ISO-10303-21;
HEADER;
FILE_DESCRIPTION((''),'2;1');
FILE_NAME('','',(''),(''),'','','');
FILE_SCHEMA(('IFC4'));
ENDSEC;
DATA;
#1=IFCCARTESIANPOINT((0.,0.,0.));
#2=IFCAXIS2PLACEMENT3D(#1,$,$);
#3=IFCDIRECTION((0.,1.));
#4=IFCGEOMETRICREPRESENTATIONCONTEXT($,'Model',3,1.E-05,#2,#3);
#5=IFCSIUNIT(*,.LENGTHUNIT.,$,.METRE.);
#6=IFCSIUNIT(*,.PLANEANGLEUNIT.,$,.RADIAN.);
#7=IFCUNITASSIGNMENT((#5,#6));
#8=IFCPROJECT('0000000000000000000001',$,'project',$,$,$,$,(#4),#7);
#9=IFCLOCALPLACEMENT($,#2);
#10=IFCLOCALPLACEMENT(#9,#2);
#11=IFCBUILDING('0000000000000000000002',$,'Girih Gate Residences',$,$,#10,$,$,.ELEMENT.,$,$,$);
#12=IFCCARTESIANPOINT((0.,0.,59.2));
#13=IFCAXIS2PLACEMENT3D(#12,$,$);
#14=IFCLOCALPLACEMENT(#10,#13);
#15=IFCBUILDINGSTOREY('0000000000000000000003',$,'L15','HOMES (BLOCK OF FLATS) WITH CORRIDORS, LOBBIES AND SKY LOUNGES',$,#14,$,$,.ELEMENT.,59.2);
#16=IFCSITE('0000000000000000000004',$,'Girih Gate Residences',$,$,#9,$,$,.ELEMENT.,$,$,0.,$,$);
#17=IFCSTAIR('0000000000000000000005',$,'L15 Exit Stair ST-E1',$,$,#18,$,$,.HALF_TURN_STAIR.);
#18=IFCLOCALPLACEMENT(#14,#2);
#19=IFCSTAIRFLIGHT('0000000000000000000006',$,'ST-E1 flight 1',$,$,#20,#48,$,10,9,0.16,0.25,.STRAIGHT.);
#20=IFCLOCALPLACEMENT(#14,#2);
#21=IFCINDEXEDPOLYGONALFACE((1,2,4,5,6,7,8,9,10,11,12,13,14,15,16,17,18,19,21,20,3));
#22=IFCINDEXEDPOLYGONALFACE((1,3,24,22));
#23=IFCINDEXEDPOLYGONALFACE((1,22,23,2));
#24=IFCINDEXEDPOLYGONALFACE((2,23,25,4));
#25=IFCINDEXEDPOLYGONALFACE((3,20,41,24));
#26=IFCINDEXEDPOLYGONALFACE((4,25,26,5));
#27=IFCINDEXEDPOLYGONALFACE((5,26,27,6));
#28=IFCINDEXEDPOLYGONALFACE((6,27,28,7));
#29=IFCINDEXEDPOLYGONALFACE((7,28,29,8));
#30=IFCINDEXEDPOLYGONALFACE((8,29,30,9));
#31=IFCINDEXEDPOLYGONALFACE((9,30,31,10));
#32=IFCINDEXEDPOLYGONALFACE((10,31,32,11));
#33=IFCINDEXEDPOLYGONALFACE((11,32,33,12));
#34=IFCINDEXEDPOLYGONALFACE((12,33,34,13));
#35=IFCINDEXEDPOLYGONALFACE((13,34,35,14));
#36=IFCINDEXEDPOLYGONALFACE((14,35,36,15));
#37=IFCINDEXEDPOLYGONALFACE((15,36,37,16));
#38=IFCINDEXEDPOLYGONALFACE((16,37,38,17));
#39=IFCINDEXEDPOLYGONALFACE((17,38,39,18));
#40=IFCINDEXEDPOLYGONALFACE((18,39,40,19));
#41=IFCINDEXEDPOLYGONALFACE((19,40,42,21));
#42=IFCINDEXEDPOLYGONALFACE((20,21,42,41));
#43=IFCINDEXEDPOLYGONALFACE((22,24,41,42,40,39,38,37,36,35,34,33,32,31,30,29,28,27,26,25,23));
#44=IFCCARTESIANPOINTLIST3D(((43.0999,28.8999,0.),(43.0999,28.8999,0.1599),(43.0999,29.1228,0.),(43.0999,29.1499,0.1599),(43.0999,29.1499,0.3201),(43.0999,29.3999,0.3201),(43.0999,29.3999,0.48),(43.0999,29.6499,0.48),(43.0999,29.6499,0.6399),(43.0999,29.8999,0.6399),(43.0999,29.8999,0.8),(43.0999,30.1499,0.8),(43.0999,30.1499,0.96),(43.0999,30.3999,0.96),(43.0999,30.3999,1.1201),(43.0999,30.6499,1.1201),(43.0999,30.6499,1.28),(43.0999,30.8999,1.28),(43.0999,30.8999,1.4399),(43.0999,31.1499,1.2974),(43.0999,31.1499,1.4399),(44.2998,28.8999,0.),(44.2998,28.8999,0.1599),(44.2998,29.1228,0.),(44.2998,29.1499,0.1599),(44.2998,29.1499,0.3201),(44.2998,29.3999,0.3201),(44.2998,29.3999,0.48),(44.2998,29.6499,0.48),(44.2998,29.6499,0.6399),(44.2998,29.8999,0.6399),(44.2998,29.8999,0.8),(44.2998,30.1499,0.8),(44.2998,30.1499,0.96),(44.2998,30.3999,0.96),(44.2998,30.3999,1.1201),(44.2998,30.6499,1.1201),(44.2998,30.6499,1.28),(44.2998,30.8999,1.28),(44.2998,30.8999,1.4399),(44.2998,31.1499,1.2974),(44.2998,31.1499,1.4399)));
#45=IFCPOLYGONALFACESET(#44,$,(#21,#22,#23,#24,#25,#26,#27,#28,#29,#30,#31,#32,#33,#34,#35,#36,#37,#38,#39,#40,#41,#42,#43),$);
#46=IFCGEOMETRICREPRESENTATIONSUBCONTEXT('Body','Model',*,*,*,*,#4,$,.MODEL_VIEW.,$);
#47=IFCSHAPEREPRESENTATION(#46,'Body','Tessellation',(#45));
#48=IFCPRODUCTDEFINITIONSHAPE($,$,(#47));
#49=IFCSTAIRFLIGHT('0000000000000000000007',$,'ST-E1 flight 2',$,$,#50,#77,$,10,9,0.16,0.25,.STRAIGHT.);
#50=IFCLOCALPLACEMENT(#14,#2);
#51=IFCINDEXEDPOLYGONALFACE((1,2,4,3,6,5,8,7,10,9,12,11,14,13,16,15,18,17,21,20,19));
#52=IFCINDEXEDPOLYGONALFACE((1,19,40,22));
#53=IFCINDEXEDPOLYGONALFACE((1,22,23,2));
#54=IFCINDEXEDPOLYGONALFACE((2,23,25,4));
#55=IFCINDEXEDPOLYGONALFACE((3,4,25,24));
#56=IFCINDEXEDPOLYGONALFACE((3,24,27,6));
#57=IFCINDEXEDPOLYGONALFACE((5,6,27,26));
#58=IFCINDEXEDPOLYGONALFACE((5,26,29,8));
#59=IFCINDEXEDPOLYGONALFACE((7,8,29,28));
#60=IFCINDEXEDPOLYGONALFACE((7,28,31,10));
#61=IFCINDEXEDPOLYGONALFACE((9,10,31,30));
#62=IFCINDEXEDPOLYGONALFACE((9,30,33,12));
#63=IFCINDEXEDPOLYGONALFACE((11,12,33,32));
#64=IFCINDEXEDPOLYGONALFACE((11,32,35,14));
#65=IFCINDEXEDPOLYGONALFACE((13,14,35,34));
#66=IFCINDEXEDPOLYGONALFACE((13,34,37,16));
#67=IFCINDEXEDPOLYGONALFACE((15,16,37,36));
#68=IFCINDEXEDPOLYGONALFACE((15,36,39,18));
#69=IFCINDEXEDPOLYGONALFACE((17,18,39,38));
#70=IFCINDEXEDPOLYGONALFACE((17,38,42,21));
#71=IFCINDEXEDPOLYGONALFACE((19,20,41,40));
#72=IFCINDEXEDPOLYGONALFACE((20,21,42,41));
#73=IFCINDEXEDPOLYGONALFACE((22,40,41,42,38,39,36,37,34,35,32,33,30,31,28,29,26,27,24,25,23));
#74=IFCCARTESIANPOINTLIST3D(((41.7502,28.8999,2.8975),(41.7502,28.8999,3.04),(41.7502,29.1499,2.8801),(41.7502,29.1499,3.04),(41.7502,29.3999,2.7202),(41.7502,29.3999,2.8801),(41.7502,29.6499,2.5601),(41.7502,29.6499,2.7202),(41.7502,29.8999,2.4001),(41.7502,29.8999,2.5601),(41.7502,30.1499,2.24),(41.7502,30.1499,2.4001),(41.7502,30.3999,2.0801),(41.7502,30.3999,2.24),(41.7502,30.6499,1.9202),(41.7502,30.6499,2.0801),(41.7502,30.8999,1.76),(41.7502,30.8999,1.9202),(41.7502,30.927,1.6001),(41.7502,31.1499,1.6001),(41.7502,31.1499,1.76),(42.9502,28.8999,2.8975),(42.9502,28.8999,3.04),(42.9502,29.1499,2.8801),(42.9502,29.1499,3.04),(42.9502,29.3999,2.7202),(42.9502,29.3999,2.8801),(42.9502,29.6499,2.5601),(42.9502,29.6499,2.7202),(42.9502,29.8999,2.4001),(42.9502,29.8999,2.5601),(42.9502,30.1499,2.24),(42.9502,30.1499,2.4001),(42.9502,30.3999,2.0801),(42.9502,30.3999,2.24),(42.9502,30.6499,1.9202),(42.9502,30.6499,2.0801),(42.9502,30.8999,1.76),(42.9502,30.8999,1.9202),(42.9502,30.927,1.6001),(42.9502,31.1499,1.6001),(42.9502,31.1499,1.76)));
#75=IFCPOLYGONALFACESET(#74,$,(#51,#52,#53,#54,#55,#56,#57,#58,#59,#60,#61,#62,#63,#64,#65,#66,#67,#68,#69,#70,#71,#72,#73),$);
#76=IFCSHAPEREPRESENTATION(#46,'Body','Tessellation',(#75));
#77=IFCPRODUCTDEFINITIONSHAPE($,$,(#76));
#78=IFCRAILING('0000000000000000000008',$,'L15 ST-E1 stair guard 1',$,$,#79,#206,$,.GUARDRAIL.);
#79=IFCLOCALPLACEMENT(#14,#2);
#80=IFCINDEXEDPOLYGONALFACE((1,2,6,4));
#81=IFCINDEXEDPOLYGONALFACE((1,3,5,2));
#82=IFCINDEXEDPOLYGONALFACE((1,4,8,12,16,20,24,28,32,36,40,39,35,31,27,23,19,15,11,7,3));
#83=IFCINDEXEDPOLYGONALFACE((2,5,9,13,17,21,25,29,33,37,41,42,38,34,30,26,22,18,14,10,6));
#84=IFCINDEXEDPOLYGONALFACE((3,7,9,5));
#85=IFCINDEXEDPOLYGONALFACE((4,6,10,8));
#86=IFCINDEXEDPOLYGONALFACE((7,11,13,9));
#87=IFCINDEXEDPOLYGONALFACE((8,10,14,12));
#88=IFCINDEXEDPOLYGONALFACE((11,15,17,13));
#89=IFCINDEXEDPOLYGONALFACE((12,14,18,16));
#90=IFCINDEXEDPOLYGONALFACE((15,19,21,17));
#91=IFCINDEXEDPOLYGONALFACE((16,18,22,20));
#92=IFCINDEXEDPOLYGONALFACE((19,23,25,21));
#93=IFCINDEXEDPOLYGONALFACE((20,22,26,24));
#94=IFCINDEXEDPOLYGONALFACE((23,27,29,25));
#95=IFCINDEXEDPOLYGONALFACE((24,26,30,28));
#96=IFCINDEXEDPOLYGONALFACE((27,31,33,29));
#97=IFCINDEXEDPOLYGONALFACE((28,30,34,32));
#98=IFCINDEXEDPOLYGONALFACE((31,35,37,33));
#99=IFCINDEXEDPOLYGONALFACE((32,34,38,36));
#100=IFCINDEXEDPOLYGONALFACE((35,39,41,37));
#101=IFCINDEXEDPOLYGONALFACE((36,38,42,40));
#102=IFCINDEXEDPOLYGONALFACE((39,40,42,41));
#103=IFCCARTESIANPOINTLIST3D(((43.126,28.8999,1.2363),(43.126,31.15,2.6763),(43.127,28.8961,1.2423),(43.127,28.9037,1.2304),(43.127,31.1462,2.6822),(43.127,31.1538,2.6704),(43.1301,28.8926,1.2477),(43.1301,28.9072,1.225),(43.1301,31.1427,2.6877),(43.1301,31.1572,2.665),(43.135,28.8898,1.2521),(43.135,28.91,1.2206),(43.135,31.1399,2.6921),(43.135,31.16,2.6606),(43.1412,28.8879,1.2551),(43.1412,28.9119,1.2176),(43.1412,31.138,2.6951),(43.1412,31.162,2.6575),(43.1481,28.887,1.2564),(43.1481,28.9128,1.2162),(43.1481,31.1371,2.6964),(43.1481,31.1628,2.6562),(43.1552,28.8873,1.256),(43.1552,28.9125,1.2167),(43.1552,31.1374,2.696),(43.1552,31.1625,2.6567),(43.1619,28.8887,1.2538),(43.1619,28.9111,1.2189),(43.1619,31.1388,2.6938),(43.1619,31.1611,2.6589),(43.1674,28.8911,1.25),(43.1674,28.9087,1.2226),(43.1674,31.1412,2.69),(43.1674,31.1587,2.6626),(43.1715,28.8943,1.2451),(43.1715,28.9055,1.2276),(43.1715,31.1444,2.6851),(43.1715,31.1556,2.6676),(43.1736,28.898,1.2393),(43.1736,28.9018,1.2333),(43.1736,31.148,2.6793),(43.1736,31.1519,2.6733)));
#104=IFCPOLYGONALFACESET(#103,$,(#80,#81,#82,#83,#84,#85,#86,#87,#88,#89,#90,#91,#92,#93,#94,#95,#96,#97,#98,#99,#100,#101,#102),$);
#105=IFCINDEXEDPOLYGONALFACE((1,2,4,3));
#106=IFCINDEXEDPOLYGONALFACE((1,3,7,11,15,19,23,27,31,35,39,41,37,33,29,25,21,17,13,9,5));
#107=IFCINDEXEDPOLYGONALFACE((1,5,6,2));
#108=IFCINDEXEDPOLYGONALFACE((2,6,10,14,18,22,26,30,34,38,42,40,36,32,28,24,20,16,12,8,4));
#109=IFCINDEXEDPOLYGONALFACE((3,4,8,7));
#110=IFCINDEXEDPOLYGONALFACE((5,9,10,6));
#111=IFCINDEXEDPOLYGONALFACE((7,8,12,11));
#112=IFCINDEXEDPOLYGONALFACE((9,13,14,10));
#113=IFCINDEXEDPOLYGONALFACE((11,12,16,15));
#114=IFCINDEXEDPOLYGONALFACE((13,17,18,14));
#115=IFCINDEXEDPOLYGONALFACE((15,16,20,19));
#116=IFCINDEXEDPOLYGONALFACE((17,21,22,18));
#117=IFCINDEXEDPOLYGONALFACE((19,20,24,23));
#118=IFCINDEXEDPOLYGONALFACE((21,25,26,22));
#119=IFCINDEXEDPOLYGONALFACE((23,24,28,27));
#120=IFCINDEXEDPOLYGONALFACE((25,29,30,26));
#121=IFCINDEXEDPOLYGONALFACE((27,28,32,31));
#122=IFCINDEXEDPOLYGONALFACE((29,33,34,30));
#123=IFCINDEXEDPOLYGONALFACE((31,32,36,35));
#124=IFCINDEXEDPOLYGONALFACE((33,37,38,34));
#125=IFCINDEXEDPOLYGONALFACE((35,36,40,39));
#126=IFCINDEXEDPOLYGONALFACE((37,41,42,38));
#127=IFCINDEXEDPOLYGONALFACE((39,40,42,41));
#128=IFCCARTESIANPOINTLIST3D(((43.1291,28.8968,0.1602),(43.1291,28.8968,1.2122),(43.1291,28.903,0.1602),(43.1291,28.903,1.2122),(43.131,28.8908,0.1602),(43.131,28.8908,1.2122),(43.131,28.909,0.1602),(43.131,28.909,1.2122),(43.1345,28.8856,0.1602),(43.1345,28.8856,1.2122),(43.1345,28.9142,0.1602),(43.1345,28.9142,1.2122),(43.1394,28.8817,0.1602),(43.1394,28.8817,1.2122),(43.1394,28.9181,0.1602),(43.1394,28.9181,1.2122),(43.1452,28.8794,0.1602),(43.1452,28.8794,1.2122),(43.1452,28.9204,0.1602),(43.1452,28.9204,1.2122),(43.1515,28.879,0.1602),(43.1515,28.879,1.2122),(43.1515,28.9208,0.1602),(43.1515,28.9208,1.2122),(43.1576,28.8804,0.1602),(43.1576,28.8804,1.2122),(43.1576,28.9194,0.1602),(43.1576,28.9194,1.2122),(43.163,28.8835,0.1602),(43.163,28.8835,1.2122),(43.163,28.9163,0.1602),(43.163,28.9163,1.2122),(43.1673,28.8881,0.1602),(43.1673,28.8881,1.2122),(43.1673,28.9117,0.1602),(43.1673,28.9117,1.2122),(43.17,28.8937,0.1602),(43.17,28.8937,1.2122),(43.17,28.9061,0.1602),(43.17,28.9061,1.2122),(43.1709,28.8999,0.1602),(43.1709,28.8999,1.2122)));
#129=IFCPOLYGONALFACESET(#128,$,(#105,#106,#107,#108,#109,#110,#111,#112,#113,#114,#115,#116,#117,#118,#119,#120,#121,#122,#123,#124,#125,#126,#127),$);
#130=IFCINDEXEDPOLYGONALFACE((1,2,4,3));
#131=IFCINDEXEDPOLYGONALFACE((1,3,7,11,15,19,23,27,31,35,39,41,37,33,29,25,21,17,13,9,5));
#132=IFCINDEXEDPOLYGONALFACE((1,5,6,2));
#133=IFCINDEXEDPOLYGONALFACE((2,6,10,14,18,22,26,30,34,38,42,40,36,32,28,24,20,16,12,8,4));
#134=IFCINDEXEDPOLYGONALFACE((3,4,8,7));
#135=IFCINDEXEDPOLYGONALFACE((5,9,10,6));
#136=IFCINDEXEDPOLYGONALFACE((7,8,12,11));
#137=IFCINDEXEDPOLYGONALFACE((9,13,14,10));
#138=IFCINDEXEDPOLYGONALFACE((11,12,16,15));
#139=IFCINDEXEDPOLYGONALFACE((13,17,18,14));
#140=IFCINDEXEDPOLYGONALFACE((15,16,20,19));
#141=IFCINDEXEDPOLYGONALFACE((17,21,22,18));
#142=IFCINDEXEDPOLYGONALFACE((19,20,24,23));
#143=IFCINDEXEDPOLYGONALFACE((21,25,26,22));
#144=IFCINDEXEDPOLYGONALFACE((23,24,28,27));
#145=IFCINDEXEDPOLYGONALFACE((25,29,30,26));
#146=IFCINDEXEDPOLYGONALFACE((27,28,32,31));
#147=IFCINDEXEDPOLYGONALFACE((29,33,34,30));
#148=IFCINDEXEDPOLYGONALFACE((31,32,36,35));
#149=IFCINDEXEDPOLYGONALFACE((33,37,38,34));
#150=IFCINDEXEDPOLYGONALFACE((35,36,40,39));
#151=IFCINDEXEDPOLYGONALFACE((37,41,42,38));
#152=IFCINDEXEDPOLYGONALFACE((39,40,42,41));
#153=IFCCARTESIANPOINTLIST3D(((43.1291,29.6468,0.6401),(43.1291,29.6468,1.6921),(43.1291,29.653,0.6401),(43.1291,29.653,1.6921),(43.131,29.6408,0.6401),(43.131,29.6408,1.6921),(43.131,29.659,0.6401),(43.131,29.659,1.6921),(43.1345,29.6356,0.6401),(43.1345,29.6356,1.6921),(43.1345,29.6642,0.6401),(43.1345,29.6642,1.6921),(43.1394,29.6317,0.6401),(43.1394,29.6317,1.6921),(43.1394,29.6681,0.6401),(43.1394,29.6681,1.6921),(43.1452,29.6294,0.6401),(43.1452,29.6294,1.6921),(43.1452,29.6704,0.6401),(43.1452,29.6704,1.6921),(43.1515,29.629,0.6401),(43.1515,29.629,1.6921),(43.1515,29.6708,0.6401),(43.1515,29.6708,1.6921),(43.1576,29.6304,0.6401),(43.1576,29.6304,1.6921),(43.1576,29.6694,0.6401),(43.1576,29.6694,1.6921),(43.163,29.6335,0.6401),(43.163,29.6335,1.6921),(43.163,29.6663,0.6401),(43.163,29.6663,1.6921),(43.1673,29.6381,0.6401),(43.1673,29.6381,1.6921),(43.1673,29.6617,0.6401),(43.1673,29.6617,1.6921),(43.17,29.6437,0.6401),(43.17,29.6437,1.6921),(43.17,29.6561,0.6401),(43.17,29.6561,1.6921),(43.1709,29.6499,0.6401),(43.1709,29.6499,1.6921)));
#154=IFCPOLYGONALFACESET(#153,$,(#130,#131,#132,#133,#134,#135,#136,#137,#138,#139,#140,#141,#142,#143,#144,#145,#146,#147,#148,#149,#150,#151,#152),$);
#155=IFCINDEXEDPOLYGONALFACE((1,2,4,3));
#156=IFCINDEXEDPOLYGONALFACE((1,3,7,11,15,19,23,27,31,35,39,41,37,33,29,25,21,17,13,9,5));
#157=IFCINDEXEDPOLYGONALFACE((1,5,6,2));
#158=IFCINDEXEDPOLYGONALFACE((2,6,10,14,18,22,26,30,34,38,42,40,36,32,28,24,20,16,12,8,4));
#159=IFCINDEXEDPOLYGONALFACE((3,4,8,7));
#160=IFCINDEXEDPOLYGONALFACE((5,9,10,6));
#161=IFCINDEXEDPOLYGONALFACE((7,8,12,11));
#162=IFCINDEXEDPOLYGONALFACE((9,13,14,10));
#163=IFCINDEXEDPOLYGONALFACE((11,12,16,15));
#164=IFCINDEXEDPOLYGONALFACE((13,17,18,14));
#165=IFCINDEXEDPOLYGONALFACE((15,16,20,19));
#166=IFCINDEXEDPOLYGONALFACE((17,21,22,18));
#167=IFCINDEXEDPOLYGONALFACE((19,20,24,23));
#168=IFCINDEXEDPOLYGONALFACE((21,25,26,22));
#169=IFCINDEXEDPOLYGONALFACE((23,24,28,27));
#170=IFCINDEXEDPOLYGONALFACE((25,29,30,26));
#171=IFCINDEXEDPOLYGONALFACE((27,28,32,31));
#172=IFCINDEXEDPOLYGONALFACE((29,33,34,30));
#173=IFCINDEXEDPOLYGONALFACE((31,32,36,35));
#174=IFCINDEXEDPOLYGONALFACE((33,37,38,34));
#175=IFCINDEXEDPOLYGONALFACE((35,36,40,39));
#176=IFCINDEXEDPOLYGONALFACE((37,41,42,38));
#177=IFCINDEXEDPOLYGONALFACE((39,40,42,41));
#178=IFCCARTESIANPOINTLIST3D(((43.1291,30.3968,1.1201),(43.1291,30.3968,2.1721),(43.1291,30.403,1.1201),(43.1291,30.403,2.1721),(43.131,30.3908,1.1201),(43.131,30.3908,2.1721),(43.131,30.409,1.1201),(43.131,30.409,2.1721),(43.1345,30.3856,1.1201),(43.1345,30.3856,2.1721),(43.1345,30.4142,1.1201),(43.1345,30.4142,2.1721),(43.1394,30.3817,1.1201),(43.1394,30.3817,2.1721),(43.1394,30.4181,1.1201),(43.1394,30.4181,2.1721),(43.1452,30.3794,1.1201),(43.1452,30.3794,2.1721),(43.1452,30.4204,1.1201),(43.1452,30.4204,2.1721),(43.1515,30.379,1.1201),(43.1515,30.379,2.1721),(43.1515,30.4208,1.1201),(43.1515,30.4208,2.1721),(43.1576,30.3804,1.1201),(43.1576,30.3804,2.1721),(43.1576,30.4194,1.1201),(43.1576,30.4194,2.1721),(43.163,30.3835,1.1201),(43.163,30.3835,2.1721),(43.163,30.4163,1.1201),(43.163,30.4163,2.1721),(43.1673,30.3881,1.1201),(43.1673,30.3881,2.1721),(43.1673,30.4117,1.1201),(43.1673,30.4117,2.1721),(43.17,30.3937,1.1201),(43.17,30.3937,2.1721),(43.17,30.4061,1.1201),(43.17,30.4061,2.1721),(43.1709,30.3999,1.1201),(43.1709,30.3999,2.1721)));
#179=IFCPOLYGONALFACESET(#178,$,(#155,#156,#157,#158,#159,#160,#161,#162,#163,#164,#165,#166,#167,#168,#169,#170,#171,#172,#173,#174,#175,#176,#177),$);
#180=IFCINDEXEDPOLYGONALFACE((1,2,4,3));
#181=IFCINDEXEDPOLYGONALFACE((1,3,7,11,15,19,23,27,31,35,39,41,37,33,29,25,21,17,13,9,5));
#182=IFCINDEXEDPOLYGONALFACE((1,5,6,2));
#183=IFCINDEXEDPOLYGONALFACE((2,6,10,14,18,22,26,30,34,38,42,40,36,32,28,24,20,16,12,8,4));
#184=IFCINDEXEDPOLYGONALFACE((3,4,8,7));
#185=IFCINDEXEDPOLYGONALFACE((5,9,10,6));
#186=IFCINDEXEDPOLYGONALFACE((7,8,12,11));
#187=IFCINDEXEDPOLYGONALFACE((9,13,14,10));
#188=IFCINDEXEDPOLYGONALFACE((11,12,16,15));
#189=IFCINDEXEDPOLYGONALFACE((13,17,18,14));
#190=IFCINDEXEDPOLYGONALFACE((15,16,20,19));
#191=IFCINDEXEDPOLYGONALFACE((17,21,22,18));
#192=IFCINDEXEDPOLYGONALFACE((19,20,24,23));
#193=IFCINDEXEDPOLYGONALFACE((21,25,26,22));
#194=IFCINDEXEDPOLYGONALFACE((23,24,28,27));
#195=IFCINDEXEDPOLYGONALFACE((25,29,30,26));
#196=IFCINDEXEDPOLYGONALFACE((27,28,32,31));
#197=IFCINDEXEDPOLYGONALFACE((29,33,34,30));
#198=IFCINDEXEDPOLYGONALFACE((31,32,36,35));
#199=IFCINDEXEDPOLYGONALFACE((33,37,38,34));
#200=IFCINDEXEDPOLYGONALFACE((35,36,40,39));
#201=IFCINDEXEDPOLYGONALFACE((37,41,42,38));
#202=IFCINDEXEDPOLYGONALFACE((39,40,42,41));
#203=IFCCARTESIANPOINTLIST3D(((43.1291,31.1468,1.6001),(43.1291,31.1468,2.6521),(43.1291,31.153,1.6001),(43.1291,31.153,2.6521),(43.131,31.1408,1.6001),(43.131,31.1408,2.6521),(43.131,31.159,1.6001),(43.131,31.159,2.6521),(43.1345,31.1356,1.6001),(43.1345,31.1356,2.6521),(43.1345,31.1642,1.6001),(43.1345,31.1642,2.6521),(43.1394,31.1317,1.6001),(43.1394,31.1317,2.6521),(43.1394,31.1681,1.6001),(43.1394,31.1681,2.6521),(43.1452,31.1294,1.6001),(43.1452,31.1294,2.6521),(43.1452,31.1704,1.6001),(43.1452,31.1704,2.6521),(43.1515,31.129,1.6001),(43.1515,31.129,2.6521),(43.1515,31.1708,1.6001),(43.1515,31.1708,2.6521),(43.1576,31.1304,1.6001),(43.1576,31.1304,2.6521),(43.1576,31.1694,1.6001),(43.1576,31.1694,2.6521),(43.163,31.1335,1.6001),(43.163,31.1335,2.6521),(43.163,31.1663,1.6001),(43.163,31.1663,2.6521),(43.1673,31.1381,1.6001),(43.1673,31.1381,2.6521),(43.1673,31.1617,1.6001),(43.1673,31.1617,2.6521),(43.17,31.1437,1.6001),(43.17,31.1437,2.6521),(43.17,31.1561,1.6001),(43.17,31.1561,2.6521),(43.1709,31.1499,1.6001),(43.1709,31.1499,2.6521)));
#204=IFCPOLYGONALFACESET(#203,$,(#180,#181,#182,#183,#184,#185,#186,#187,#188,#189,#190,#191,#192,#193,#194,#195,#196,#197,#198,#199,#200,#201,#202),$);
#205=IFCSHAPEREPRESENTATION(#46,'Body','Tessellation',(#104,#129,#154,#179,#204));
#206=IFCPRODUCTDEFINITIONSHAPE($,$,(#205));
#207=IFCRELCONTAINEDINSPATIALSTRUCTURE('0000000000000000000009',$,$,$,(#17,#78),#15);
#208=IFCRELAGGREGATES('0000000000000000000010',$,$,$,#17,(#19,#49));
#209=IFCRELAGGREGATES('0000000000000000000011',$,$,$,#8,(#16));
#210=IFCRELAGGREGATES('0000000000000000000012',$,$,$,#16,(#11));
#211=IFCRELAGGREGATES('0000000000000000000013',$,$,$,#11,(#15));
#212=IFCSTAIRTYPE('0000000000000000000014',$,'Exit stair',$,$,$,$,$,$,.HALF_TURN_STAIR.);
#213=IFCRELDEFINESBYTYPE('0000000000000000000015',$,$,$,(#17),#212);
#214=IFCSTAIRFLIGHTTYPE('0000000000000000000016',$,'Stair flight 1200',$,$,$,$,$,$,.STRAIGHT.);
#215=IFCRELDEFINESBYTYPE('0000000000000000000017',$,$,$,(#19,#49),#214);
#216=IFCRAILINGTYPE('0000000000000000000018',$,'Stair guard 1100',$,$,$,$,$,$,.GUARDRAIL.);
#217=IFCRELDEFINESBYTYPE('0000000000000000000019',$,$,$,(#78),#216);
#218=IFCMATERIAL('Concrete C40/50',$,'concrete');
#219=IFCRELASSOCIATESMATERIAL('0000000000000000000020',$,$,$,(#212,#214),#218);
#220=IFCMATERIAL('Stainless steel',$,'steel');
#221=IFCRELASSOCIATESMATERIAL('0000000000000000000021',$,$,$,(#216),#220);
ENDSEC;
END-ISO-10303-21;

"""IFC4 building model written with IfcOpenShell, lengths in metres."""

from ifc_helpers import new_model, si_unit, direction, frame, origin, origin_2d, place, context, subcontext, project, spatial, polyline, circle, outline, extrude, material, type_object, element, aggregate, save


model = new_model("IFC4")

# Units and contexts
model_context = context("Model", 3, precision=1e-05, world=origin(), true_north=direction((0.0, 1.0)))
body_context = subcontext(model_context, "Body", "Model", "MODEL_VIEW")
ifc_project = project(units=[si_unit("LENGTHUNIT", "METRE"), si_unit("PLANEANGLEUNIT", "RADIAN")], contexts=[model_context])

# Site, building, storey
site_placement = place(None, origin())
site = spatial("IfcSite", under=ifc_project, at=site_placement, Name="Girih Gate Residences", CompositionType="ELEMENT", RefElevation=0.0)
building_placement = place(site_placement, origin())
building = spatial("IfcBuilding", under=site, at=building_placement, Name="Girih Gate Residences", CompositionType="ELEMENT")
storey_placement = place(building_placement, frame((0.0, 0.0, 59.2)))
storey = spatial("IfcBuildingStorey", under=building, at=storey_placement, Name="L15", Description="HOMES (BLOCK OF FLATS) WITH CORRIDORS, LOBBIES AND SKY LOUNGES", CompositionType="ELEMENT", Elevation=59.2)

# Shared definitions
ifc_material_1 = material(Name="Concrete C40/50", Category="concrete")

# Stair, stair flights
stair_type = type_object("IfcStairType", Name="Exit stair", PredefinedType="HALF_TURN_STAIR", material=ifc_material_1)
stair_placement = place(storey_placement, origin())
stair = element("IfcStair", 1, at=stair_placement, inside=storey, type_object=stair_type, Name="L15 Exit Stair ST-E1", PredefinedType="HALF_TURN_STAIR")
stair_flight_type = type_object("IfcStairFlightType", Name="Stair flight 1200", PredefinedType="STRAIGHT", material=ifc_material_1)
stair_flight_1_placement = place(storey_placement, frame((43.7, 28.8999, 0.0), z_axis=(0.0, 0.0, 1.0), x_axis=(0.0, 1.0, 0.0)))
stair_flight_1 = element("IfcStairFlight", 2, at=stair_flight_1_placement, type_object=stair_flight_type, Name="ST-E1 flight 1", NumberOfRisers=10, NumberOfTreads=9, PredefinedType="STRAIGHT", RiserHeight=0.16, TreadLength=0.25, context=body_context, shape_type="SweptSolid", body=[
    extrude(outline(polyline([(0.0, 0.0), (0.0, 0.1599), (0.25, 0.1599), (0.25, 0.3201), (0.5, 0.3201), (0.5, 0.48), (0.75, 0.48), (0.75, 0.6399), (1.0, 0.6399), (1.0, 0.8), (1.25, 0.8), (1.25, 0.96), (1.5, 0.96), (1.5, 1.1201), (1.75, 1.1201), (1.75, 1.28), (2.0, 1.28), (2.0, 1.4399), (2.25, 1.4399), (2.25, 1.6001), (2.25, 1.2974), (0.2229, 0.0), (0.0, 0.0)])), frame((0.0, 0.6001, 0.0), z_axis=(0.0, -1.0, 0.0), x_axis=(1.0, 0.0, 0.0)), (0.0, 0.0, 1.0), 1.2),
])
stair_flight_2_placement = place(storey_placement, frame((42.3501, 31.1499, 1.6001), z_axis=(0.0, 0.0, 1.0), x_axis=(0.0, -1.0, 0.0)))
stair_flight_2 = element("IfcStairFlight", 3, at=stair_flight_2_placement, type_object=stair_flight_type, Name="ST-E1 flight 2", NumberOfRisers=10, NumberOfTreads=9, PredefinedType="STRAIGHT", RiserHeight=0.16, TreadLength=0.25, context=body_context, shape_type="SweptSolid", body=[
    extrude(outline(polyline([(0.0, 0.0), (0.0, 0.1599), (0.25, 0.1599), (0.25, 0.3201), (0.5, 0.3201), (0.5, 0.48), (0.75, 0.48), (0.75, 0.6399), (1.0, 0.6399), (1.0, 0.8), (1.25, 0.8), (1.25, 0.96), (1.5, 0.96), (1.5, 1.1201), (1.75, 1.1201), (1.75, 1.28), (2.0, 1.28), (2.0, 1.4399), (2.25, 1.4399), (2.25, 1.6001), (2.25, 1.2974), (0.2229, 0.0), (0.0, 0.0)])), frame((0.0, 0.6001, 0.0), z_axis=(0.0, -1.0, 0.0), x_axis=(1.0, 0.0, 0.0)), (0.0, 0.0, 1.0), 1.2),
])
aggregate(stair, [stair_flight_1, stair_flight_2])

# Railing
ifc_material_2 = material(Name="Stainless steel", Category="steel")
railing_type_1 = type_object("IfcRailingType", Name="Stair guard 1100", PredefinedType="GUARDRAIL", material=ifc_material_2)
railing_1_placement = place(storey_placement, frame((43.1499, 28.8999, 0.1602)))
element("IfcRailing", 4, at=railing_1_placement, inside=storey, type_object=railing_type_1, Name="L15 ST-E1 stair guard 1", PredefinedType="GUARDRAIL", context=body_context, shape_type="SweptSolid", body=[
    extrude(circle(Radius=0.0239, at=origin_2d()), frame((0.0, 0.0, 1.0762), z_axis=(0.0, 0.842281, 0.539038), x_axis=(-1.0, 0.0, 0.0)), (0.0, 0.0, 1.0), 2.6714),
    extrude(circle(Radius=0.021, at=origin_2d()), origin(), (0.0, 0.0, 1.0), 1.052),
    extrude(circle(Radius=0.021, at=origin_2d()), frame((0.0, 0.75, 0.48)), (0.0, 0.0, 1.0), 1.052),
    extrude(circle(Radius=0.021, at=origin_2d()), frame((0.0, 1.5, 0.96)), (0.0, 0.0, 1.0), 1.052),
    extrude(circle(Radius=0.021, at=origin_2d()), frame((0.0, 2.25, 1.4399)), (0.0, 0.0, 1.0), 1.052),
])

save(model, "model.ifc")
